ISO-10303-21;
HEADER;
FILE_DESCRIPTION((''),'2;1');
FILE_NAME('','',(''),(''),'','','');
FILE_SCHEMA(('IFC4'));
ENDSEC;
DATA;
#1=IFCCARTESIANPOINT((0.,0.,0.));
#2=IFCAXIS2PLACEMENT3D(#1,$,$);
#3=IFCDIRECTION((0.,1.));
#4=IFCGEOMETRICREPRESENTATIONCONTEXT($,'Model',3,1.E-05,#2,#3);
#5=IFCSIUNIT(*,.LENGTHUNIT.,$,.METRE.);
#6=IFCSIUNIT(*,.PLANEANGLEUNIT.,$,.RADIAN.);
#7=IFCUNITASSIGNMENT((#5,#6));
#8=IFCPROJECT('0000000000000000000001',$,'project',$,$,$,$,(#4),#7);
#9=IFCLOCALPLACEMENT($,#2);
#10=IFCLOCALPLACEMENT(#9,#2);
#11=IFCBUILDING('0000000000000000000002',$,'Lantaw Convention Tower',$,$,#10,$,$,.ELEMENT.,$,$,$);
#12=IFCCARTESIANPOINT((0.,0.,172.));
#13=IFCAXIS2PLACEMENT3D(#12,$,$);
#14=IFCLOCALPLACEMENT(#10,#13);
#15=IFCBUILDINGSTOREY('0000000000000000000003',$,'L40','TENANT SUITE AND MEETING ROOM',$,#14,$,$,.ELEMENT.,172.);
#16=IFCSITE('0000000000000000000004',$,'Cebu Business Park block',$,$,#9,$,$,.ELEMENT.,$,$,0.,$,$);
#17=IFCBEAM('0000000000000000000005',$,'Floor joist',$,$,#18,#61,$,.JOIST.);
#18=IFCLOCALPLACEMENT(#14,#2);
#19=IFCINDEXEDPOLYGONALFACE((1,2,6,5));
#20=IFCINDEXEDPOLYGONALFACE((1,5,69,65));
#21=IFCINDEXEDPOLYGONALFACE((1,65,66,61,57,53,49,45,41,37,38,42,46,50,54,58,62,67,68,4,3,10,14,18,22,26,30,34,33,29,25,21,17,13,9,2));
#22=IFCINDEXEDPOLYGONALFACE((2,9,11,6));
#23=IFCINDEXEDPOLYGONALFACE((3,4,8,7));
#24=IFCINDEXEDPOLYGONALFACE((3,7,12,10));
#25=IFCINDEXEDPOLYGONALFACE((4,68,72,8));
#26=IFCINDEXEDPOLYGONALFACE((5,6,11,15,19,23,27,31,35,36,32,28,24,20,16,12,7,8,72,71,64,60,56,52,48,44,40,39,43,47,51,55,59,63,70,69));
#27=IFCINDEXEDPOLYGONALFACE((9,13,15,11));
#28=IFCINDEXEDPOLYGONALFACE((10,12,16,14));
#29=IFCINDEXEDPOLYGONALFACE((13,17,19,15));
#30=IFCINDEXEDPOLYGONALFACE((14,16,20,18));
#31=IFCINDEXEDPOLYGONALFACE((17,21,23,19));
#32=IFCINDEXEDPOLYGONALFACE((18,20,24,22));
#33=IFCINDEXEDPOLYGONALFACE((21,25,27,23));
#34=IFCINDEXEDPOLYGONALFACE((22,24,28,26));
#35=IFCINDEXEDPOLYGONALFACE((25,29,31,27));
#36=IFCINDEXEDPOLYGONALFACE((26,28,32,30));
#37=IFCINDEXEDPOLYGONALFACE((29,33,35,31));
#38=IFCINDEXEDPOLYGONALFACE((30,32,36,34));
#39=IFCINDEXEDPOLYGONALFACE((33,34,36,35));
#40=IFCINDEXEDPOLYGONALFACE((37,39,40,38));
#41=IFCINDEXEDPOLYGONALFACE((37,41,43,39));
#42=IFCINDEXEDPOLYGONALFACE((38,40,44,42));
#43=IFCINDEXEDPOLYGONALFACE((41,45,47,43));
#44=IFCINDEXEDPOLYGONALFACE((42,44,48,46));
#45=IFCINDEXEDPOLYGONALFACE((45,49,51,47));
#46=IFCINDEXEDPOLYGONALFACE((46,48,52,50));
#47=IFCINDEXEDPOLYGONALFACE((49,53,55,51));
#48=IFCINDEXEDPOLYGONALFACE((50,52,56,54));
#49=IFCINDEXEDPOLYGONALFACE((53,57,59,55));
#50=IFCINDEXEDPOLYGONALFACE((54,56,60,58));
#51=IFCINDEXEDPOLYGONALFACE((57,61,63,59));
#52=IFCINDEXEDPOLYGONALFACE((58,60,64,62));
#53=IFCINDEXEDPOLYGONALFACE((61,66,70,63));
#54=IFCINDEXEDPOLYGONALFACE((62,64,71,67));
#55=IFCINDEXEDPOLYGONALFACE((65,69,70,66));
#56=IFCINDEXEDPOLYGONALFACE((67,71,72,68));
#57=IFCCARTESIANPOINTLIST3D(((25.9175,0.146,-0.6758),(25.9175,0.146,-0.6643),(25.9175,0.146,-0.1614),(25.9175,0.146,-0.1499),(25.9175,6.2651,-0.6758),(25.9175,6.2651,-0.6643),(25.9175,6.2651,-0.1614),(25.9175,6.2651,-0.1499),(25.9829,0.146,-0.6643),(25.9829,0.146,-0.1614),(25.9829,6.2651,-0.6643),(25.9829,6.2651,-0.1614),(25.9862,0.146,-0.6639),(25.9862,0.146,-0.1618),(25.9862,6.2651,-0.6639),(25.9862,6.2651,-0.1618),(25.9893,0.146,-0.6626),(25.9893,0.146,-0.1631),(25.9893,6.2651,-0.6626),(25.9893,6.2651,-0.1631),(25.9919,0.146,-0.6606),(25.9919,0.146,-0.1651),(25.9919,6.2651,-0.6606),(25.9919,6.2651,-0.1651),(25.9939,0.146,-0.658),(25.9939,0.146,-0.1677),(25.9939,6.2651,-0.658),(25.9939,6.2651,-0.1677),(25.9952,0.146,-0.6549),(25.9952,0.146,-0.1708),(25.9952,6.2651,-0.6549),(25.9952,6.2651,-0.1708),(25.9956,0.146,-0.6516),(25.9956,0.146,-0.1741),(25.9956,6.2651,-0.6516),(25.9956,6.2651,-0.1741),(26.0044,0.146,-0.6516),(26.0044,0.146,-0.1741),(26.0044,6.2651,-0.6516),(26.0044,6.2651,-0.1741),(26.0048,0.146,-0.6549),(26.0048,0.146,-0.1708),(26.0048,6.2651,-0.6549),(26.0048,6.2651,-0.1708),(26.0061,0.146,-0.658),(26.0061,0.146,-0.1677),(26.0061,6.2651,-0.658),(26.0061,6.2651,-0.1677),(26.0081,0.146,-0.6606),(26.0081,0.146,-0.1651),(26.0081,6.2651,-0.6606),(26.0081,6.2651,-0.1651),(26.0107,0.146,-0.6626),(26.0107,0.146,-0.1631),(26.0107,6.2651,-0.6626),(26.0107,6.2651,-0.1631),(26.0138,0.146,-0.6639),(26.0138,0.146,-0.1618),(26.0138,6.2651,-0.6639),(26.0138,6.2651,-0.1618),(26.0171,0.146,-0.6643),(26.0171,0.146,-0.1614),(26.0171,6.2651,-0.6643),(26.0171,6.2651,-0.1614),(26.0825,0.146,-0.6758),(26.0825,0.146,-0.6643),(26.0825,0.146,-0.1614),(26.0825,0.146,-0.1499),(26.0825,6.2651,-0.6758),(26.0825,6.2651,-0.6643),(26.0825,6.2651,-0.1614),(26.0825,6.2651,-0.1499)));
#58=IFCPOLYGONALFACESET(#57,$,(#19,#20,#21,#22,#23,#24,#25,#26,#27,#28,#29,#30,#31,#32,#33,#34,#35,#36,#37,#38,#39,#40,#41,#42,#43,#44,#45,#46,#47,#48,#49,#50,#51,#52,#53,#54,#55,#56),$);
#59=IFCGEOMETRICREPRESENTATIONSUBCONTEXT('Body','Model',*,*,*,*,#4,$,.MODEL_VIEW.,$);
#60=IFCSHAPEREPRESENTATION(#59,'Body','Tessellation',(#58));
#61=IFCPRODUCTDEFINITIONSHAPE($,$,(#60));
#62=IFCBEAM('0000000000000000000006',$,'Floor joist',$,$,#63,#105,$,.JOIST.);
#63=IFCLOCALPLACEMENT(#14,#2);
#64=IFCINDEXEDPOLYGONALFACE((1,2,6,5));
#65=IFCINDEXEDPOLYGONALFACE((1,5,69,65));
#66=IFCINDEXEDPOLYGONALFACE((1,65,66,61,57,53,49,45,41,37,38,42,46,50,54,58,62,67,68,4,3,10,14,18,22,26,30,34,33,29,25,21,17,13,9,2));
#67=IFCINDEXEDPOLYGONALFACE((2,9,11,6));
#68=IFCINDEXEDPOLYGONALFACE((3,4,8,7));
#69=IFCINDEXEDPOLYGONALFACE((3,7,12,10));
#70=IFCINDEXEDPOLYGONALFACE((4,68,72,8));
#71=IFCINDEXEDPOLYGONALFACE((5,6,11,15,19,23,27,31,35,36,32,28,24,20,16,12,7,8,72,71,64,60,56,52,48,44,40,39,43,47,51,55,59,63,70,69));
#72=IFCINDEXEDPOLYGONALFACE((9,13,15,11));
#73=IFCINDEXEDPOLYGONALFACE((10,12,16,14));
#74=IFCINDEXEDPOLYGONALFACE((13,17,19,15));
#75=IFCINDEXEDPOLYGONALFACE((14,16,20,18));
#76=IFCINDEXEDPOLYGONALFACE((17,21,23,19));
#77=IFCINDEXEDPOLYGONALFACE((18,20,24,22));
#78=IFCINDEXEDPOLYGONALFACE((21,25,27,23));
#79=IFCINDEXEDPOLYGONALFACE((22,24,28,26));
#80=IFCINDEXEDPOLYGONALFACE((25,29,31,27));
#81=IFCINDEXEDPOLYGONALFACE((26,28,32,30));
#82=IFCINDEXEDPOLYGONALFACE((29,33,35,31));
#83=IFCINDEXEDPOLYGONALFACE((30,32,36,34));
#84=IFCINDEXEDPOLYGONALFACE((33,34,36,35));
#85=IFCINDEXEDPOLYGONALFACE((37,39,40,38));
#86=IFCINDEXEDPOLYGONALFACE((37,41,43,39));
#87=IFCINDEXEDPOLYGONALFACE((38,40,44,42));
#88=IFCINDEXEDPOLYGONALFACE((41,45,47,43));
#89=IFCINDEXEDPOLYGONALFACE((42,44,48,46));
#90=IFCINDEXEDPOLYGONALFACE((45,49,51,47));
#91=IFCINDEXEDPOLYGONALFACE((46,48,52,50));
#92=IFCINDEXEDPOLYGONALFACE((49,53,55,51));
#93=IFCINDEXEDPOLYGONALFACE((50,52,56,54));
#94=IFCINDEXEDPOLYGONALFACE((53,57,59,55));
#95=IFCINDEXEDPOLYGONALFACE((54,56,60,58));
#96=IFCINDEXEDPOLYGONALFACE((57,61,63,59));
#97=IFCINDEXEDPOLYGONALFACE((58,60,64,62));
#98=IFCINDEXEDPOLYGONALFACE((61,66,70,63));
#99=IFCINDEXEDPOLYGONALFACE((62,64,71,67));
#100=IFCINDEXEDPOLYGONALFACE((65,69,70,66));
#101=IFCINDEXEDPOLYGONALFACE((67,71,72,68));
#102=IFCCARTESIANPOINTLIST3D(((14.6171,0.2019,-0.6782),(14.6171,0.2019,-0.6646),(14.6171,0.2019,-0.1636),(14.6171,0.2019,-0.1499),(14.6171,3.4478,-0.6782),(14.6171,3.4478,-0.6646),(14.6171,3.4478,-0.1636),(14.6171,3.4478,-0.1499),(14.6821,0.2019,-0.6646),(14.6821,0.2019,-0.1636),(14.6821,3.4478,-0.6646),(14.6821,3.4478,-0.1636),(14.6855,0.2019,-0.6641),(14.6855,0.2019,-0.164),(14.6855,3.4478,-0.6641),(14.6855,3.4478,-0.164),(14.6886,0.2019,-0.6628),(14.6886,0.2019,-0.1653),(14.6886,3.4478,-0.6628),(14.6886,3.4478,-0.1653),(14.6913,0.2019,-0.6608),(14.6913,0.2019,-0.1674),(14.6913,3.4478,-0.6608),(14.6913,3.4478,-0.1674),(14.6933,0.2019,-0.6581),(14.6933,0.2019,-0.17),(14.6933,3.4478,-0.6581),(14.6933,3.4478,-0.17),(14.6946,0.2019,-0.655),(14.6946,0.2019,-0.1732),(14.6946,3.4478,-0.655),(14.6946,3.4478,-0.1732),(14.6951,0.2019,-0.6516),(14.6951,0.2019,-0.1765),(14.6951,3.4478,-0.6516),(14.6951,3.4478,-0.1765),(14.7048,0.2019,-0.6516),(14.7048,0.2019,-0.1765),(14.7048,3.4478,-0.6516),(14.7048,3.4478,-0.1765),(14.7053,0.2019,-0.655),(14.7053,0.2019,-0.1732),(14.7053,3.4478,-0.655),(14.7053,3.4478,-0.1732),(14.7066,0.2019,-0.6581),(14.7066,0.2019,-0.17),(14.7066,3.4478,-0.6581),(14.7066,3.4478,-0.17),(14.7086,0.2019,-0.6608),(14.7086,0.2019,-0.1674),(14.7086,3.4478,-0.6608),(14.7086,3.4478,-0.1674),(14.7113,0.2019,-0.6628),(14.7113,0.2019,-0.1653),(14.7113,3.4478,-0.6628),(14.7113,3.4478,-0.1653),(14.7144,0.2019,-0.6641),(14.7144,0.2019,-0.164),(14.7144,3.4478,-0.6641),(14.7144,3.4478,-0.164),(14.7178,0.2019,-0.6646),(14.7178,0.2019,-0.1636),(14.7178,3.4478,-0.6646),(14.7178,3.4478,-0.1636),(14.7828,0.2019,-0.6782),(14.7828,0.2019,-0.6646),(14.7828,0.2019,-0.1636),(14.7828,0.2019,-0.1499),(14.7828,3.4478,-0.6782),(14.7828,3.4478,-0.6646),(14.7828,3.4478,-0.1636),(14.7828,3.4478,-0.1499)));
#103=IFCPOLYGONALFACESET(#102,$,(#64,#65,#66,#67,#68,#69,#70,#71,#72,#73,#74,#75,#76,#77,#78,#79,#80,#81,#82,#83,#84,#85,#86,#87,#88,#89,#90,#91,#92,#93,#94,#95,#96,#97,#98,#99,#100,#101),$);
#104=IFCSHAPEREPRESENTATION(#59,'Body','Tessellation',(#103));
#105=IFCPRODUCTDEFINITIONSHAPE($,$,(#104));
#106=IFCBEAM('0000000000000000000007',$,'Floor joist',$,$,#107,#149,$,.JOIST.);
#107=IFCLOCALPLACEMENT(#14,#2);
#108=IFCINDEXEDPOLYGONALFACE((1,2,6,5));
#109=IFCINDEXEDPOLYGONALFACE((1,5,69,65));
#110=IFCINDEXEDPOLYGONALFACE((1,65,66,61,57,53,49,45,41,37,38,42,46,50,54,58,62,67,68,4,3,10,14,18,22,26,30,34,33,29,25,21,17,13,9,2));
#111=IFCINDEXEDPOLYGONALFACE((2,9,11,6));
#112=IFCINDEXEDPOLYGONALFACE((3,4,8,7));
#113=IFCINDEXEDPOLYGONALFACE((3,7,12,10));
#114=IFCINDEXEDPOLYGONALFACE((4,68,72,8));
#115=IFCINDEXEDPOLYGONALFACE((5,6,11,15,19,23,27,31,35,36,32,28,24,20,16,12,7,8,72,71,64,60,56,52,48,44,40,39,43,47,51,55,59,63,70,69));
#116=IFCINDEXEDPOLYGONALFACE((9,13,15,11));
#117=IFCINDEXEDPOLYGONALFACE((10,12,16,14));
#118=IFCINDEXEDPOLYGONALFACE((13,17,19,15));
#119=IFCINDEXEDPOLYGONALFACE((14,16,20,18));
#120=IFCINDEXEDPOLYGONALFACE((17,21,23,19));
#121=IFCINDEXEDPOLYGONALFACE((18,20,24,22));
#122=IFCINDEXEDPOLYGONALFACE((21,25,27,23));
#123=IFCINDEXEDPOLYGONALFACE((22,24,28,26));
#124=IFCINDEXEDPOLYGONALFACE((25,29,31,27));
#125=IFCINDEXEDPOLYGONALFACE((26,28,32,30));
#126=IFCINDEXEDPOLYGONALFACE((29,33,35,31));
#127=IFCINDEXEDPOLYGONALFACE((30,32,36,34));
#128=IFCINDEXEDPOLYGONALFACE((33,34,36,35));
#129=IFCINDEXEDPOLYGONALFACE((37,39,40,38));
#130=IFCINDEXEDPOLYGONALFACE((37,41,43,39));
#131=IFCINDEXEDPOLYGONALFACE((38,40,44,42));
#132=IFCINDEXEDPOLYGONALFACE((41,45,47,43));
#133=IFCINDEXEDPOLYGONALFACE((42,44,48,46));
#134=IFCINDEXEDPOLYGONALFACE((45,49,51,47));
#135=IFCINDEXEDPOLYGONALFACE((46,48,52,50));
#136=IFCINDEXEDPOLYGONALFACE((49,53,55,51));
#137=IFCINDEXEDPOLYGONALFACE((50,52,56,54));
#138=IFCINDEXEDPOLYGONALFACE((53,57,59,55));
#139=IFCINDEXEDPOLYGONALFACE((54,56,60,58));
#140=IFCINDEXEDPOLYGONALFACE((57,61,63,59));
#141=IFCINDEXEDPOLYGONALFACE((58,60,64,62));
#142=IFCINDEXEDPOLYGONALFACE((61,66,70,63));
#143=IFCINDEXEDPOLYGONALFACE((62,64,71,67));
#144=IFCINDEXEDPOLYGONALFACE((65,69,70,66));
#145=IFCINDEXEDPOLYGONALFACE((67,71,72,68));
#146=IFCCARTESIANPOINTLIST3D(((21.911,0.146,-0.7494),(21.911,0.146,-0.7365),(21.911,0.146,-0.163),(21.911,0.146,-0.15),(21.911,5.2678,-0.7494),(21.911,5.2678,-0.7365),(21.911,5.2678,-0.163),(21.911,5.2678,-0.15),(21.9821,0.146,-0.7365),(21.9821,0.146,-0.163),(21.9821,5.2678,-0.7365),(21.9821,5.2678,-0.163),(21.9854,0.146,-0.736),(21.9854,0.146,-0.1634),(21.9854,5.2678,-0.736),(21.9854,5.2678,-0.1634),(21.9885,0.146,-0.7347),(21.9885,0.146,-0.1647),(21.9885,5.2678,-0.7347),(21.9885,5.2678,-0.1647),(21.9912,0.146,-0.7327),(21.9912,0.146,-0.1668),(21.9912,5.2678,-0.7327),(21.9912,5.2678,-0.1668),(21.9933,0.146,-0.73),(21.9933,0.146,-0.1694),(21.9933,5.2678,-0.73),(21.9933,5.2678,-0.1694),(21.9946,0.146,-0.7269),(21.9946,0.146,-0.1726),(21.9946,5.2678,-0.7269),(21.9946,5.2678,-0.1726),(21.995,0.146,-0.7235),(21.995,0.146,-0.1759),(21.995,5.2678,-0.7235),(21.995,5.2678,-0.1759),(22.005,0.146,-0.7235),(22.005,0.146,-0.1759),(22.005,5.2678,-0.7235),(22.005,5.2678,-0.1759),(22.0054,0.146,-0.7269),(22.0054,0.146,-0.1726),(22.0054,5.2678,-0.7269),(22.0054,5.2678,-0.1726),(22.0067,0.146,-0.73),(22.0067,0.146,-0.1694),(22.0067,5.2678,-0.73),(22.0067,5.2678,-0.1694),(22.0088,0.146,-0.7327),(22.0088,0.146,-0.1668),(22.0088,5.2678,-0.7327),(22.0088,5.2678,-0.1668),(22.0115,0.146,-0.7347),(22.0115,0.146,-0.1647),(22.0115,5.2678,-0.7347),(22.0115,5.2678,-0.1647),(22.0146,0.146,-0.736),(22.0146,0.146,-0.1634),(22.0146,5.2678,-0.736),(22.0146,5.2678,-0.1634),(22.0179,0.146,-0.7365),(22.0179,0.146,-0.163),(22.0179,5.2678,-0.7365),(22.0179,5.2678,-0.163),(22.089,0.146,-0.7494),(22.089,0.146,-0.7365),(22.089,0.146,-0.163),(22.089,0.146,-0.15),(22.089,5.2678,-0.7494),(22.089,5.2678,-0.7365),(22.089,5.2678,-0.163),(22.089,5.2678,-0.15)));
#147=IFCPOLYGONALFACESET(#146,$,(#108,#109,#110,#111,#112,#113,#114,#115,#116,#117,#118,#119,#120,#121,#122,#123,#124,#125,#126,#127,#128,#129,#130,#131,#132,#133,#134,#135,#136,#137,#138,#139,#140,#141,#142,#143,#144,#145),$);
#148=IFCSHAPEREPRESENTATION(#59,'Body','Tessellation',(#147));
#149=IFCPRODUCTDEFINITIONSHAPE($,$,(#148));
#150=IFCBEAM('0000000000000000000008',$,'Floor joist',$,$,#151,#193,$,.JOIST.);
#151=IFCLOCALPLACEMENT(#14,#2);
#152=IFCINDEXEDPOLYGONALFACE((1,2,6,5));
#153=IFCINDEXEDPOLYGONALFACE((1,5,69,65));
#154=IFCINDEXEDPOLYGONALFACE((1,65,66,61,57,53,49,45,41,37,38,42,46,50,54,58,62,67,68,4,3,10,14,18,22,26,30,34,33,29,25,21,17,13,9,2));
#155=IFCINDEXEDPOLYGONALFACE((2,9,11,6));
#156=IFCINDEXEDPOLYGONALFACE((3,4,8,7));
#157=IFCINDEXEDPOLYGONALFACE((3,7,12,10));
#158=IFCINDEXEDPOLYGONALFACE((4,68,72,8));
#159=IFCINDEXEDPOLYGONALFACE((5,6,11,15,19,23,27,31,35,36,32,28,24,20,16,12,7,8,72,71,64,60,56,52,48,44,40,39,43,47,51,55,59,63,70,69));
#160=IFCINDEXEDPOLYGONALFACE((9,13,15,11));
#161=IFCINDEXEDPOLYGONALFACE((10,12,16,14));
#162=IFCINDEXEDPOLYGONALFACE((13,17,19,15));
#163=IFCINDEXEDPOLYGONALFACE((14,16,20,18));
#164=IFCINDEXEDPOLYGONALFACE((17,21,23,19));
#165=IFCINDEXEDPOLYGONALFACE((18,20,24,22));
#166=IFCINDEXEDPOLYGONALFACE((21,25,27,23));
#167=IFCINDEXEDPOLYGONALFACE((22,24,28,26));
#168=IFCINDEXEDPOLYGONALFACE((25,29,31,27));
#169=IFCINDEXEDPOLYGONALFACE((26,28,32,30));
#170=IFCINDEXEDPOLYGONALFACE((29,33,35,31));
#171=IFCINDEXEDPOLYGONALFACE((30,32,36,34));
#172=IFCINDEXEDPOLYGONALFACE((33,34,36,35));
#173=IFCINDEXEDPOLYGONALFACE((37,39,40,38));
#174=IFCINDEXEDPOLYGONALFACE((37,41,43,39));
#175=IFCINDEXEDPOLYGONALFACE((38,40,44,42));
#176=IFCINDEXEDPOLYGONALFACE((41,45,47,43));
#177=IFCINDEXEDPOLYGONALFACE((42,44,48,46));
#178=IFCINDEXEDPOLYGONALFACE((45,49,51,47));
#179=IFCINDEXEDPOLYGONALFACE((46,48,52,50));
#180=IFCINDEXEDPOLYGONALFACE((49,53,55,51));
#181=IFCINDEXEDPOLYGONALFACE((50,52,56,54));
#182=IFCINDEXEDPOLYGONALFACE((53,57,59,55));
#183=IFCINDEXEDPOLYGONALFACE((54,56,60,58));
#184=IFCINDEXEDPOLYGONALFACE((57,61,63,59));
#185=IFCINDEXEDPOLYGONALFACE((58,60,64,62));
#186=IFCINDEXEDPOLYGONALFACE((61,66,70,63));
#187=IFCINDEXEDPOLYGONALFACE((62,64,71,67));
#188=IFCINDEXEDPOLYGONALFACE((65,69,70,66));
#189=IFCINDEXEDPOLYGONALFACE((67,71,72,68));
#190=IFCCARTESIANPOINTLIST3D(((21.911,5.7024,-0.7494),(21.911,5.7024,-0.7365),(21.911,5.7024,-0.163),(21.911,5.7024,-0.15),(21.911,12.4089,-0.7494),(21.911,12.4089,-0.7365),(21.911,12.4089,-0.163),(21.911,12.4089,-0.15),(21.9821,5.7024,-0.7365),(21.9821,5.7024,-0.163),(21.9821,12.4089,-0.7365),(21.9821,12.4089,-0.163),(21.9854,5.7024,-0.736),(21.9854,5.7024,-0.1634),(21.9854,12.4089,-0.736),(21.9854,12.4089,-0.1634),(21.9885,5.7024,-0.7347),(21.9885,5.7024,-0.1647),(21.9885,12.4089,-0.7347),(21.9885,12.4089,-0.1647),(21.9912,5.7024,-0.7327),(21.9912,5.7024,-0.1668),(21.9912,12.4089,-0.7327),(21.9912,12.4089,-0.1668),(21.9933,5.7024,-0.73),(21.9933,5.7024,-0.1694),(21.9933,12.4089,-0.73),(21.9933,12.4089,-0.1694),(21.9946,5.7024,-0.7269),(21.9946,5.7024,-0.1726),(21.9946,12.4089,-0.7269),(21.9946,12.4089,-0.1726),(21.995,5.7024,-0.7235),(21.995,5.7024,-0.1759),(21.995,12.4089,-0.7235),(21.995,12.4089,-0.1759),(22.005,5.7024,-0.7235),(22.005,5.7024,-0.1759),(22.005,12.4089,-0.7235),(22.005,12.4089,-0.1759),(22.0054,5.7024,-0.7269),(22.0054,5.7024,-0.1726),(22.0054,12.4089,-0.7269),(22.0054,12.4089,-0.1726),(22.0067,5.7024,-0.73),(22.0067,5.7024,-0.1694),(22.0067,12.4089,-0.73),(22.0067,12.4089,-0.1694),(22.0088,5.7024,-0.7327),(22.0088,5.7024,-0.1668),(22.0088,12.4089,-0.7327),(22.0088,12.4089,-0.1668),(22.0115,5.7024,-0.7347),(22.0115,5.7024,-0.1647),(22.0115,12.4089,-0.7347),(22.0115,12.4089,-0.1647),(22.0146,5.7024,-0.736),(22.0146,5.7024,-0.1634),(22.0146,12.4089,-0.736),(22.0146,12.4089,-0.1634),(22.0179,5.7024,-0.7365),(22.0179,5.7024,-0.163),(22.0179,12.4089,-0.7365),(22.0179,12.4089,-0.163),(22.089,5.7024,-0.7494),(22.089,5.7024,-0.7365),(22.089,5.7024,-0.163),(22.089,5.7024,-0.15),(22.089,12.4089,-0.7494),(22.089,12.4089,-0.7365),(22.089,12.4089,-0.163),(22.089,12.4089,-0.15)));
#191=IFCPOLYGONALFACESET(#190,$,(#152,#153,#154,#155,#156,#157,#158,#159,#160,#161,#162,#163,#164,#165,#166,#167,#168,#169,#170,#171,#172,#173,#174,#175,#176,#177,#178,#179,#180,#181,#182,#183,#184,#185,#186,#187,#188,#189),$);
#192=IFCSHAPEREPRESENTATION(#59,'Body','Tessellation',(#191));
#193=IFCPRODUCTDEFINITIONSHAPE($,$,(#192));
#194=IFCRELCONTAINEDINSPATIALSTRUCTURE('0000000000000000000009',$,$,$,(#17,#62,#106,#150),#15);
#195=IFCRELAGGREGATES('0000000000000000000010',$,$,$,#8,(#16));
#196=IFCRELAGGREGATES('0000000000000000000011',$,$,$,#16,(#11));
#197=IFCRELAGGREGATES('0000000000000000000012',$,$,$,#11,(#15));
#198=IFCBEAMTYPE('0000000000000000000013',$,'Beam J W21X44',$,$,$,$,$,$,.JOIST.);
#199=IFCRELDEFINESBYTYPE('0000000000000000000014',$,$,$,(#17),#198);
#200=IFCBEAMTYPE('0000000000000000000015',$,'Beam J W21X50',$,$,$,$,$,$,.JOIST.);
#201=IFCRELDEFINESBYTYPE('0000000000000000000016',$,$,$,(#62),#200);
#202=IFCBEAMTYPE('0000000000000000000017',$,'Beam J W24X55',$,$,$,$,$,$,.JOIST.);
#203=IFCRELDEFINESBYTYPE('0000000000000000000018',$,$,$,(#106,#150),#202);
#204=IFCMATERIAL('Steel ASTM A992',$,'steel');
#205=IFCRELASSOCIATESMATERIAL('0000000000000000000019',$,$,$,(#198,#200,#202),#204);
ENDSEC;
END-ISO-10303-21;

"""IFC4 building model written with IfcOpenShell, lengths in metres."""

from ifc_helpers import new_model, si_unit, direction, frame, origin, origin_2d, place, context, subcontext, project, spatial, i_section, extrude, material, material_profile, profile_set, type_object, element, save


model = new_model("IFC4")

# Units and contexts
model_context = context("Model", 3, precision=1e-05, world=origin(), true_north=direction((0.0, 1.0)))
body_context = subcontext(model_context, "Body", "Model", "MODEL_VIEW")
ifc_project = project(units=[si_unit("LENGTHUNIT", "METRE"), si_unit("PLANEANGLEUNIT", "RADIAN")], contexts=[model_context])

# Site, building, storey
site_placement = place(None, origin())
site = spatial("IfcSite", under=ifc_project, at=site_placement, Name="Cebu Business Park block", CompositionType="ELEMENT", RefElevation=0.0)
building_placement = place(site_placement, origin())
building = spatial("IfcBuilding", under=site, at=building_placement, Name="Lantaw Convention Tower", CompositionType="ELEMENT")
storey_placement = place(building_placement, frame((0.0, 0.0, 172.0)))
storey = spatial("IfcBuildingStorey", under=building, at=storey_placement, Name="L40", Description="TENANT SUITE AND MEETING ROOM", CompositionType="ELEMENT", Elevation=172.0)

# Beams
ifc_material_1 = material(Name="Steel ASTM A992", Category="steel")
ifc_material_profile_1 = material_profile(ifc_material_1, i_section(OverallWidth=0.165, OverallDepth=0.5259, WebThickness=0.0088, FlangeThickness=0.0115, FilletRadius=0.0127, at=origin_2d()), Name="W21X44")
ifc_profile_set_1 = profile_set([ifc_material_profile_1], Name="Steel ASTM A992")
beam_type_1 = type_object("IfcBeamType", Name="Beam J W21X44", PredefinedType="JOIST", material=ifc_profile_set_1)
beam_1_placement = place(storey_placement, frame((26.0, 0.146, -0.4128), z_axis=(0.0, 1.0, 0.0), x_axis=(-1.0, 0.0, 0.0)))
element("IfcBeam", 1, at=beam_1_placement, inside=storey, type_object=beam_type_1, Name="Floor joist", PredefinedType="JOIST", context=body_context, shape_type="SweptSolid", body=[
    extrude(i_section(OverallWidth=0.165, OverallDepth=0.5259, WebThickness=0.0088, FlangeThickness=0.0115, FilletRadius=0.0127, at=origin_2d()), origin(), (0.0, 0.0, 1.0), 6.1191),
])
ifc_material_profile_2 = material_profile(ifc_material_1, i_section(OverallWidth=0.1658, OverallDepth=0.5283, WebThickness=0.0098, FlangeThickness=0.0137, FilletRadius=0.0129, at=origin_2d()), Name="W21X50")
ifc_profile_set_2 = profile_set([ifc_material_profile_2], Name="Steel ASTM A992")
beam_type_2 = type_object("IfcBeamType", Name="Beam J W21X50", PredefinedType="JOIST", material=ifc_profile_set_2)
beam_2_placement = place(storey_placement, frame((14.7, 0.2019, -0.4141), z_axis=(0.0, 1.0, 0.0), x_axis=(-1.0, 0.0, 0.0)))
element("IfcBeam", 2, at=beam_2_placement, inside=storey, type_object=beam_type_2, Name="Floor joist", PredefinedType="JOIST", context=body_context, shape_type="SweptSolid", body=[
    extrude(i_section(OverallWidth=0.1658, OverallDepth=0.5283, WebThickness=0.0098, FlangeThickness=0.0137, FilletRadius=0.0129, at=origin_2d()), origin(), (0.0, 0.0, 1.0), 3.2458),
])
ifc_material_profile_3 = material_profile(ifc_material_1, i_section(OverallWidth=0.178, OverallDepth=0.5994, WebThickness=0.01, FlangeThickness=0.0129, FilletRadius=0.0129, at=origin_2d()), Name="W24X55")
ifc_profile_set_3 = profile_set([ifc_material_profile_3], Name="Steel ASTM A992")
beam_type_3 = type_object("IfcBeamType", Name="Beam J W24X55", PredefinedType="JOIST", material=ifc_profile_set_3)
beam_3_placement = place(storey_placement, frame((22.0, 0.146, -0.4497), z_axis=(0.0, 1.0, 0.0), x_axis=(-1.0, 0.0, 0.0)))
element("IfcBeam", 3, at=beam_3_placement, inside=storey, type_object=beam_type_3, Name="Floor joist", PredefinedType="JOIST", context=body_context, shape_type="SweptSolid", body=[
    extrude(i_section(OverallWidth=0.178, OverallDepth=0.5994, WebThickness=0.01, FlangeThickness=0.0129, FilletRadius=0.0129, at=origin_2d()), origin(), (0.0, 0.0, 1.0), 5.1218),
])
beam_4_placement = place(storey_placement, frame((22.0, 5.7024, -0.4497), z_axis=(0.0, 1.0, 0.0), x_axis=(-1.0, 0.0, 0.0)))
element("IfcBeam", 4, at=beam_4_placement, inside=storey, type_object=beam_type_3, Name="Floor joist", PredefinedType="JOIST", context=body_context, shape_type="SweptSolid", body=[
    extrude(i_section(OverallWidth=0.178, OverallDepth=0.5994, WebThickness=0.01, FlangeThickness=0.0129, FilletRadius=0.0129, at=origin_2d()), origin(), (0.0, 0.0, 1.0), 6.7065),
])

save(model, "model.ifc")
